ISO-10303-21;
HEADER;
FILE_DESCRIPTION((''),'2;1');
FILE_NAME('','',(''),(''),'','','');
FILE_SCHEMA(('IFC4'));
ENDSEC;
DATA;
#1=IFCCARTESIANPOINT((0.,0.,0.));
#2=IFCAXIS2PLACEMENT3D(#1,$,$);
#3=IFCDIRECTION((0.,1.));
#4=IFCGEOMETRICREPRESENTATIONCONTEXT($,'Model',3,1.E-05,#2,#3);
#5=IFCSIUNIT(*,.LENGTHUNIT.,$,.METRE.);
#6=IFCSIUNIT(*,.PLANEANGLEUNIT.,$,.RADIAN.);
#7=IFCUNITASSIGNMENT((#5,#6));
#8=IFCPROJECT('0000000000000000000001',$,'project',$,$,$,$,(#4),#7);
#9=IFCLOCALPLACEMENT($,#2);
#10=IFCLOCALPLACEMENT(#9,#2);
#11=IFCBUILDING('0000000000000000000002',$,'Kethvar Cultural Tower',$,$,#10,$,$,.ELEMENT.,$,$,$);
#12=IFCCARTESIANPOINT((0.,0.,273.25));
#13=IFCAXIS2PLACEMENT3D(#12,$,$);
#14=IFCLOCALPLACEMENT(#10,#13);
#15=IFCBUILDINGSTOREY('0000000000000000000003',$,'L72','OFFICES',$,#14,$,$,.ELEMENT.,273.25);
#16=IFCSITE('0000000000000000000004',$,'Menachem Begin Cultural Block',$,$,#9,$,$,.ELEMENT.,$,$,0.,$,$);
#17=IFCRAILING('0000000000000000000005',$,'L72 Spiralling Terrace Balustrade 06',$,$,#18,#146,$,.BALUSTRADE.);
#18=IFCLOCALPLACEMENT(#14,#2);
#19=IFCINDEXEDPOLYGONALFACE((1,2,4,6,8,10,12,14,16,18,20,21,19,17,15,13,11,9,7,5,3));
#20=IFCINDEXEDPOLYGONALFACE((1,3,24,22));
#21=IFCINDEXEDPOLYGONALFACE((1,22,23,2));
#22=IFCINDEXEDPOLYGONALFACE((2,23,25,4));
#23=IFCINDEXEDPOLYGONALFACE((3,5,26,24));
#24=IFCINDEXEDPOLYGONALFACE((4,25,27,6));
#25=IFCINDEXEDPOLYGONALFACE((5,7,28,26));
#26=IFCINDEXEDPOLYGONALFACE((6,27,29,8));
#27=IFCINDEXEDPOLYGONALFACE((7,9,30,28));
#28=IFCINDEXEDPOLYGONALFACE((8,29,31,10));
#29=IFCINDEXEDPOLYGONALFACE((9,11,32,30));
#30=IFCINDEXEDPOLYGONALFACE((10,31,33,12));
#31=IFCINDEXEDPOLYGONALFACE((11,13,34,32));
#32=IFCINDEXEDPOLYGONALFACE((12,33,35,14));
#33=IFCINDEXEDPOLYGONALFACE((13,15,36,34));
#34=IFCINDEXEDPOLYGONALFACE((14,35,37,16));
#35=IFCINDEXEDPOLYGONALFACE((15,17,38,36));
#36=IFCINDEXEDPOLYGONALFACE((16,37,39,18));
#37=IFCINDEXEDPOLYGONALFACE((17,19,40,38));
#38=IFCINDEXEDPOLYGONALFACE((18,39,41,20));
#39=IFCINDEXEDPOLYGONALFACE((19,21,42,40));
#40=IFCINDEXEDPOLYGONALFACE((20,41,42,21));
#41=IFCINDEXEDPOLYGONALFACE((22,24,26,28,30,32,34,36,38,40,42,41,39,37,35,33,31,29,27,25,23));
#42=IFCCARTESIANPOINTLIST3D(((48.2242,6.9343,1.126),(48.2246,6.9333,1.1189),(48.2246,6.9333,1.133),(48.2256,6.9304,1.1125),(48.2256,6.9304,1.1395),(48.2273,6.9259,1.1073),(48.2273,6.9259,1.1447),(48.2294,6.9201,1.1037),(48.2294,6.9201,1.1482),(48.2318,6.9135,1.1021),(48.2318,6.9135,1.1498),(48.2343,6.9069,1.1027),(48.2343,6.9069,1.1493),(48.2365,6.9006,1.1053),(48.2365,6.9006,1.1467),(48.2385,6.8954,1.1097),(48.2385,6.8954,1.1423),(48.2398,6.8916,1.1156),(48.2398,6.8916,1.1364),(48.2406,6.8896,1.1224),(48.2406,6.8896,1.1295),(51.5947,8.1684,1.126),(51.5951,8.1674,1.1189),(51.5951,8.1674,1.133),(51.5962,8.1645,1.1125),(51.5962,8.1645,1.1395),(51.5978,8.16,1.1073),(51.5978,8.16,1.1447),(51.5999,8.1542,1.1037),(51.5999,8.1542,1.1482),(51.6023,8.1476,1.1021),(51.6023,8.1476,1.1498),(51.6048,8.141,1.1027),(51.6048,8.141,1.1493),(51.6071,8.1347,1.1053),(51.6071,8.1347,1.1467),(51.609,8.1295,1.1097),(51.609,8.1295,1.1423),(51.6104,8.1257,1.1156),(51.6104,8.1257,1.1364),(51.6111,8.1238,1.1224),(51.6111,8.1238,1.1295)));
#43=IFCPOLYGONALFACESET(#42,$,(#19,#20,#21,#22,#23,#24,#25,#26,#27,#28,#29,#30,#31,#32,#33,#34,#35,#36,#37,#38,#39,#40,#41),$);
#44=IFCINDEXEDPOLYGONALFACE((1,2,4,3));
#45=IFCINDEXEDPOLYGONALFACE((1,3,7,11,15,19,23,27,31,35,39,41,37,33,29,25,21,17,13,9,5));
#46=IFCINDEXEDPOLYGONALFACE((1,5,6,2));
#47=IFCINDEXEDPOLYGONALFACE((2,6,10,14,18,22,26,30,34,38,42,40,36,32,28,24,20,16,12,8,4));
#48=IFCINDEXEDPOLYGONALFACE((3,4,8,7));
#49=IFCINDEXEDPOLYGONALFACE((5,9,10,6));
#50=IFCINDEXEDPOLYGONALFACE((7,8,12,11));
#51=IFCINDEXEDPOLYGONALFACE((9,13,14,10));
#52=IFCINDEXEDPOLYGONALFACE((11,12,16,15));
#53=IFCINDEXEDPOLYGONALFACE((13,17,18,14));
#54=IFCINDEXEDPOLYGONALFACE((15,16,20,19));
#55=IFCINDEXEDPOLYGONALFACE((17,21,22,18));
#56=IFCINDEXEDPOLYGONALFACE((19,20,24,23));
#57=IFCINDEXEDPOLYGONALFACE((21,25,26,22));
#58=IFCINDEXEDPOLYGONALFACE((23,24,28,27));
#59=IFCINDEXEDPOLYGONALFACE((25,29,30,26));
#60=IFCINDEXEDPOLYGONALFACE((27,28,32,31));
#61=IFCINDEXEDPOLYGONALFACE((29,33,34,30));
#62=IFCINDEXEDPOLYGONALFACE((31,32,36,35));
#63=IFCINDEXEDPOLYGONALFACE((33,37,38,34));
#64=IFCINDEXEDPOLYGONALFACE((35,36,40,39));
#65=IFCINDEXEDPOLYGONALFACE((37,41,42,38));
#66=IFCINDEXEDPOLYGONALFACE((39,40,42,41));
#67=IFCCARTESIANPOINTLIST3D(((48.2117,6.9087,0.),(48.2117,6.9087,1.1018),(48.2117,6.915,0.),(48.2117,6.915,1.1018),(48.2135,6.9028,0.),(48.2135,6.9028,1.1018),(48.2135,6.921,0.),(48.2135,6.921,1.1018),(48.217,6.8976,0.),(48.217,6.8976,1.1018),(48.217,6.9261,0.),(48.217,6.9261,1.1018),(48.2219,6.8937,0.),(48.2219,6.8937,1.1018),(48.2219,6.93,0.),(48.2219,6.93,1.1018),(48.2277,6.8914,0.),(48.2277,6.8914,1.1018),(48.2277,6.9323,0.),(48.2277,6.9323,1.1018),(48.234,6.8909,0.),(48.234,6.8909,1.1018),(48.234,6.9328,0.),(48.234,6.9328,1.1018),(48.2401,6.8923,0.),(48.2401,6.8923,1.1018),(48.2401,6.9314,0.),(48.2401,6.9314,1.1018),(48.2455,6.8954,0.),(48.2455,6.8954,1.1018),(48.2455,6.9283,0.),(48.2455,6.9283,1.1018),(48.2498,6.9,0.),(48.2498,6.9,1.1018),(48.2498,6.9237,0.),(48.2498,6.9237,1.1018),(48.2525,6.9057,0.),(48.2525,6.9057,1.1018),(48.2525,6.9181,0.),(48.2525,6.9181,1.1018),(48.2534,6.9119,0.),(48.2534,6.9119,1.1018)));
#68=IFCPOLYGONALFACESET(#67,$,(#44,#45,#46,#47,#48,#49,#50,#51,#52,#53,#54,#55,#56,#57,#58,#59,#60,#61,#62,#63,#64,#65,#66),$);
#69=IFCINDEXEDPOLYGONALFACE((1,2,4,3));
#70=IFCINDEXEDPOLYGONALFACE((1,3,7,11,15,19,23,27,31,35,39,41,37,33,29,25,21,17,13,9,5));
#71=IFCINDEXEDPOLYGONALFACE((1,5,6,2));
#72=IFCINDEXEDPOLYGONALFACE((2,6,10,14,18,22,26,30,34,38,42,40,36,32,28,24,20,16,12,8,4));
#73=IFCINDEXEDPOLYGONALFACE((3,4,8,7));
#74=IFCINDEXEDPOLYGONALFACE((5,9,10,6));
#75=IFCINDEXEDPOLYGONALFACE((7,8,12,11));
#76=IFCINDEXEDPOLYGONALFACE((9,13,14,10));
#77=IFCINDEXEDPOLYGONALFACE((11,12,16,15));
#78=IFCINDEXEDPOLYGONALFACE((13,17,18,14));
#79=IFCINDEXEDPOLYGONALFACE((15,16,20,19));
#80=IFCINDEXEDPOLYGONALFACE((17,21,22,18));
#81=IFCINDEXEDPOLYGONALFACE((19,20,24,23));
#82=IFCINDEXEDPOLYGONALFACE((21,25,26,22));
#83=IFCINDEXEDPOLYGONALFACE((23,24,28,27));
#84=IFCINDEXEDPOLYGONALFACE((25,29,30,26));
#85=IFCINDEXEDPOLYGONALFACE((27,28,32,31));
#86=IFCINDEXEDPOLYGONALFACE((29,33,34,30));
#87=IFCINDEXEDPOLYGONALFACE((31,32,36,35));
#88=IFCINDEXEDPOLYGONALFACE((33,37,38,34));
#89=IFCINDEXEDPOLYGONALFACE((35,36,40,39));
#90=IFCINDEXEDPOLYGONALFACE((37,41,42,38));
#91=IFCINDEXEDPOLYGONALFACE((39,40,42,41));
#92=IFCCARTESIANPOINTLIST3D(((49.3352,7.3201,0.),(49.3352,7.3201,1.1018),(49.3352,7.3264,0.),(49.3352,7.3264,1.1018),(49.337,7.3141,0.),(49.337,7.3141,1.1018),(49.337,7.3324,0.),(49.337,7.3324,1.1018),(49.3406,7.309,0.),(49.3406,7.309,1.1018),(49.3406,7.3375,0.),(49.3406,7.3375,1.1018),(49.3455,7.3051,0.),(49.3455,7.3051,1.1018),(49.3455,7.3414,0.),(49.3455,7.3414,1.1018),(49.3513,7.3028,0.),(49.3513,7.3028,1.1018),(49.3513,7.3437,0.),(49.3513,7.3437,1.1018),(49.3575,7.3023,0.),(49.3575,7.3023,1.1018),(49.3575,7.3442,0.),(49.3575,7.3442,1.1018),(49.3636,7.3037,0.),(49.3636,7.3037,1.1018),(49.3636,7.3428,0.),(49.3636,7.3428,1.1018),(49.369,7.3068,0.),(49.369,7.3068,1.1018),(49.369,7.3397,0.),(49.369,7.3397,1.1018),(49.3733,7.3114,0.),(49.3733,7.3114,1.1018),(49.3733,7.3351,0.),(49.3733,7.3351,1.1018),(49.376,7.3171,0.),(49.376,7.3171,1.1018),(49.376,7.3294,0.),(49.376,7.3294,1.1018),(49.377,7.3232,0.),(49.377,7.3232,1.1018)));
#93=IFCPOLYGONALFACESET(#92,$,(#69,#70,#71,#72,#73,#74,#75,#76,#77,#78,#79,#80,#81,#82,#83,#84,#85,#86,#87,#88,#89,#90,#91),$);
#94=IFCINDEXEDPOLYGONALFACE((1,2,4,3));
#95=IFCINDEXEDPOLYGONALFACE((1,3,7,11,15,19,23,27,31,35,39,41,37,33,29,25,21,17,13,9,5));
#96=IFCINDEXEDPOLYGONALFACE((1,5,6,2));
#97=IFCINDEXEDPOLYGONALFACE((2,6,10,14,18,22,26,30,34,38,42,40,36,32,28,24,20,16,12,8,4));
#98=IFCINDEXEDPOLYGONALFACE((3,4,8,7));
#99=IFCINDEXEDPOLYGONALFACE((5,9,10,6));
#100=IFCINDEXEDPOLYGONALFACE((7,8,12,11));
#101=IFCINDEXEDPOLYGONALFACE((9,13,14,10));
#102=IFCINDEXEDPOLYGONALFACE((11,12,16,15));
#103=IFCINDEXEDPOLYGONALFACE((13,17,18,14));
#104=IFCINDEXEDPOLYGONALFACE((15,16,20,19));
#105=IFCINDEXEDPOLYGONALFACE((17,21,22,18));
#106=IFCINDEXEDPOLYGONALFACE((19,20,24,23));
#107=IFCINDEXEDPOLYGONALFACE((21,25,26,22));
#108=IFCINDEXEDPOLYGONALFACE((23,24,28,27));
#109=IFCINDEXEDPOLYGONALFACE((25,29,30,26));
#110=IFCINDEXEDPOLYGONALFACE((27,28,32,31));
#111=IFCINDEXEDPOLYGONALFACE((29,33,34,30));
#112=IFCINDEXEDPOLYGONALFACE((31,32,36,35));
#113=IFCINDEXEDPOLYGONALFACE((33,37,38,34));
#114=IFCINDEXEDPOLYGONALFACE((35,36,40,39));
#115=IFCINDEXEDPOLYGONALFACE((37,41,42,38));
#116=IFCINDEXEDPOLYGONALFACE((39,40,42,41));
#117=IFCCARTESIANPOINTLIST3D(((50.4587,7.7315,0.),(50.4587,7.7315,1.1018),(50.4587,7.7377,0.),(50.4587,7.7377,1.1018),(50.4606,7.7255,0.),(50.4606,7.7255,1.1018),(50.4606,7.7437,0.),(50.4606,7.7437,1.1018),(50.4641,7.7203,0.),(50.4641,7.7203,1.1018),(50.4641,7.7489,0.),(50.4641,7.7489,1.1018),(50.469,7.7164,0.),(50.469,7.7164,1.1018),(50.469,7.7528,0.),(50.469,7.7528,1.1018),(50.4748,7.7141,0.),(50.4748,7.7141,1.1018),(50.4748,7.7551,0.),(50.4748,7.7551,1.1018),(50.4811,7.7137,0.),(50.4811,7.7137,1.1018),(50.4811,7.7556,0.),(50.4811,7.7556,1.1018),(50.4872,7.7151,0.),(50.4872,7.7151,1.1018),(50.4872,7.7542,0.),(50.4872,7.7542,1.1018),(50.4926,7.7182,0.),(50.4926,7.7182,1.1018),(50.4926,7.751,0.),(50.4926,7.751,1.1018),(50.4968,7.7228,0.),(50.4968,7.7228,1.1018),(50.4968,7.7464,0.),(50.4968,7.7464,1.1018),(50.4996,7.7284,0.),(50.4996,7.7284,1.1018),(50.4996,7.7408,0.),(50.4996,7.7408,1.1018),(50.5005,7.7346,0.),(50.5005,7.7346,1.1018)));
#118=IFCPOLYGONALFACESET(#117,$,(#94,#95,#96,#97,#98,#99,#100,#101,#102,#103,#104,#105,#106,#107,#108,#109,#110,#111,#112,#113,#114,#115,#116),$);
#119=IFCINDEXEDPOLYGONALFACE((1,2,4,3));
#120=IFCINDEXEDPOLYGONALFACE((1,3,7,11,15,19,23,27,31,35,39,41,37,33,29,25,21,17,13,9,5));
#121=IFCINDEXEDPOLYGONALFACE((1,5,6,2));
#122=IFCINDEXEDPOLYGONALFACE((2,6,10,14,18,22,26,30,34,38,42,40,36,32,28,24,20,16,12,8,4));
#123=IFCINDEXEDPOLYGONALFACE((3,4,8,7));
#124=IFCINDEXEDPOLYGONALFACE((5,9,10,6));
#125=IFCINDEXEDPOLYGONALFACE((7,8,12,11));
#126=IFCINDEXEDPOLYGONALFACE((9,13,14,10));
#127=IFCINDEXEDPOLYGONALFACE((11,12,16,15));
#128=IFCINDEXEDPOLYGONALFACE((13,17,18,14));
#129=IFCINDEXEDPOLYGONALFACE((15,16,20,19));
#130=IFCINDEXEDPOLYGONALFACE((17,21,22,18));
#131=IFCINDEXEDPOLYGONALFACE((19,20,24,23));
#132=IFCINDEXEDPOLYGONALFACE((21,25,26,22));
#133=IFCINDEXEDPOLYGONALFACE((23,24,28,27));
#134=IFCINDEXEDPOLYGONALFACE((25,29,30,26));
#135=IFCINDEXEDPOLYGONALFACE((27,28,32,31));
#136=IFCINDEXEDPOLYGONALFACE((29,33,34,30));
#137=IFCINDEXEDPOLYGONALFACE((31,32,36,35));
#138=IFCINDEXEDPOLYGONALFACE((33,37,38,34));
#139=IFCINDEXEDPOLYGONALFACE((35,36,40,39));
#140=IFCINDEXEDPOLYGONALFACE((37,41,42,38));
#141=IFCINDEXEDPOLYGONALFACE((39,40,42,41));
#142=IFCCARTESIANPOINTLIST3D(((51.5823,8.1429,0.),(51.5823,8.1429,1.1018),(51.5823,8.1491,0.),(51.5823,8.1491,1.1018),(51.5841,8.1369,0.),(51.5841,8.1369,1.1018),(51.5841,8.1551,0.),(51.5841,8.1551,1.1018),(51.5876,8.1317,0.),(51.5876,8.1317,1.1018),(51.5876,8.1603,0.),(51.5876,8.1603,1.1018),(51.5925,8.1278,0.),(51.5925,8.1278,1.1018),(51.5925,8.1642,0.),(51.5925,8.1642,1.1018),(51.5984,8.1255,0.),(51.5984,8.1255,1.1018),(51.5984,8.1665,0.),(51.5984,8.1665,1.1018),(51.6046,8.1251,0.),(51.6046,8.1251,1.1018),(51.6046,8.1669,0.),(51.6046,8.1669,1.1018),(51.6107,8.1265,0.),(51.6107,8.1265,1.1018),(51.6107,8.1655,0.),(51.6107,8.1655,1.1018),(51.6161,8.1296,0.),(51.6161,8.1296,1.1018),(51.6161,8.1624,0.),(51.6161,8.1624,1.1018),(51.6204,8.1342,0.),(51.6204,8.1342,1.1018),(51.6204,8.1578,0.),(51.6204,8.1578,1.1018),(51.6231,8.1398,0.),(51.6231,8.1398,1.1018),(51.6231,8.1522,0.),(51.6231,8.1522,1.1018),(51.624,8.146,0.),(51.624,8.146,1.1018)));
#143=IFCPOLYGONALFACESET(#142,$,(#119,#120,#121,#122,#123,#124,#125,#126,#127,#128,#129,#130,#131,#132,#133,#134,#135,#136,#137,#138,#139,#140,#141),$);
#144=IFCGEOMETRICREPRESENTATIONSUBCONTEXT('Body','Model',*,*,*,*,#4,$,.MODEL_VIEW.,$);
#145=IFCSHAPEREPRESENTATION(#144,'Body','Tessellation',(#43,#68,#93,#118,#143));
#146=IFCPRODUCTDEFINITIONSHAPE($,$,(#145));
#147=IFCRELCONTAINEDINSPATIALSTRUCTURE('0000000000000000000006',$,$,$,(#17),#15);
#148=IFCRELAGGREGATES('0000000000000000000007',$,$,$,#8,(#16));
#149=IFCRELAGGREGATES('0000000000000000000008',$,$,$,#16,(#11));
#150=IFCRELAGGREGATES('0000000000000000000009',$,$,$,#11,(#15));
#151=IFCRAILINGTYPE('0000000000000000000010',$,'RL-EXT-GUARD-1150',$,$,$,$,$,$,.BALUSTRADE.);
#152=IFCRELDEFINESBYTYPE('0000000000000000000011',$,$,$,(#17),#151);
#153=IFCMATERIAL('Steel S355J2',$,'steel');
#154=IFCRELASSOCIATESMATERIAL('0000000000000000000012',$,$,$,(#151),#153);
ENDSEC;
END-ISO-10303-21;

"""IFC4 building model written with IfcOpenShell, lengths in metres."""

from ifc_helpers import new_model, si_unit, direction, frame, origin, origin_2d, place, context, subcontext, project, spatial, circle, extrude, material, type_object, element, save


model = new_model("IFC4")

# Units and contexts
model_context = context("Model", 3, precision=1e-05, world=origin(), true_north=direction((0.0, 1.0)))
body_context = subcontext(model_context, "Body", "Model", "MODEL_VIEW")
ifc_project = project(units=[si_unit("LENGTHUNIT", "METRE"), si_unit("PLANEANGLEUNIT", "RADIAN")], contexts=[model_context])

# Site, building, storey
site_placement = place(None, origin())
site = spatial("IfcSite", under=ifc_project, at=site_placement, Name="Menachem Begin Cultural Block", CompositionType="ELEMENT", RefElevation=0.0)
building_placement = place(site_placement, origin())
building = spatial("IfcBuilding", under=site, at=building_placement, Name="Kethvar Cultural Tower", CompositionType="ELEMENT")
storey_placement = place(building_placement, frame((0.0, 0.0, 273.25)))
storey = spatial("IfcBuildingStorey", under=building, at=storey_placement, Name="L72", Description="OFFICES", CompositionType="ELEMENT", Elevation=273.25)

# Shared definitions
ifc_material_1 = material(Name="Steel S355J2", Category="steel")

# Railing
railing_type = type_object("IfcRailingType", Name="RL-EXT-GUARD-1150", PredefinedType="BALUSTRADE", material=ifc_material_1)
railing_1_placement = place(storey_placement, frame((48.2324, 6.9119, 0.0)))
element("IfcRailing", 1, at=railing_1_placement, inside=storey, type_object=railing_type, Name="L72 Spiralling Terrace Balustrade 06", PredefinedType="BALUSTRADE", context=body_context, shape_type="SweptSolid", body=[
    extrude(circle(Radius=0.0239, at=origin_2d()), frame((0.0, 0.0, 1.126), z_axis=(0.939034, 0.343823, 0.0), x_axis=(-0.343823, 0.939034, 0.0)), (0.0, 0.0, 1.0), 3.5894),
    extrude(circle(Radius=0.021, at=origin_2d()), origin(), (0.0, 0.0, 1.0), 1.1018),
    extrude(circle(Radius=0.021, at=origin_2d()), frame((1.1235, 0.4114, 0.0)), (0.0, 0.0, 1.0), 1.1018),
    extrude(circle(Radius=0.021, at=origin_2d()), frame((2.2471, 0.8228, 0.0)), (0.0, 0.0, 1.0), 1.1018),
    extrude(circle(Radius=0.021, at=origin_2d()), frame((3.3706, 1.2341, 0.0)), (0.0, 0.0, 1.0), 1.1018),
])

save(model, "model.ifc")
